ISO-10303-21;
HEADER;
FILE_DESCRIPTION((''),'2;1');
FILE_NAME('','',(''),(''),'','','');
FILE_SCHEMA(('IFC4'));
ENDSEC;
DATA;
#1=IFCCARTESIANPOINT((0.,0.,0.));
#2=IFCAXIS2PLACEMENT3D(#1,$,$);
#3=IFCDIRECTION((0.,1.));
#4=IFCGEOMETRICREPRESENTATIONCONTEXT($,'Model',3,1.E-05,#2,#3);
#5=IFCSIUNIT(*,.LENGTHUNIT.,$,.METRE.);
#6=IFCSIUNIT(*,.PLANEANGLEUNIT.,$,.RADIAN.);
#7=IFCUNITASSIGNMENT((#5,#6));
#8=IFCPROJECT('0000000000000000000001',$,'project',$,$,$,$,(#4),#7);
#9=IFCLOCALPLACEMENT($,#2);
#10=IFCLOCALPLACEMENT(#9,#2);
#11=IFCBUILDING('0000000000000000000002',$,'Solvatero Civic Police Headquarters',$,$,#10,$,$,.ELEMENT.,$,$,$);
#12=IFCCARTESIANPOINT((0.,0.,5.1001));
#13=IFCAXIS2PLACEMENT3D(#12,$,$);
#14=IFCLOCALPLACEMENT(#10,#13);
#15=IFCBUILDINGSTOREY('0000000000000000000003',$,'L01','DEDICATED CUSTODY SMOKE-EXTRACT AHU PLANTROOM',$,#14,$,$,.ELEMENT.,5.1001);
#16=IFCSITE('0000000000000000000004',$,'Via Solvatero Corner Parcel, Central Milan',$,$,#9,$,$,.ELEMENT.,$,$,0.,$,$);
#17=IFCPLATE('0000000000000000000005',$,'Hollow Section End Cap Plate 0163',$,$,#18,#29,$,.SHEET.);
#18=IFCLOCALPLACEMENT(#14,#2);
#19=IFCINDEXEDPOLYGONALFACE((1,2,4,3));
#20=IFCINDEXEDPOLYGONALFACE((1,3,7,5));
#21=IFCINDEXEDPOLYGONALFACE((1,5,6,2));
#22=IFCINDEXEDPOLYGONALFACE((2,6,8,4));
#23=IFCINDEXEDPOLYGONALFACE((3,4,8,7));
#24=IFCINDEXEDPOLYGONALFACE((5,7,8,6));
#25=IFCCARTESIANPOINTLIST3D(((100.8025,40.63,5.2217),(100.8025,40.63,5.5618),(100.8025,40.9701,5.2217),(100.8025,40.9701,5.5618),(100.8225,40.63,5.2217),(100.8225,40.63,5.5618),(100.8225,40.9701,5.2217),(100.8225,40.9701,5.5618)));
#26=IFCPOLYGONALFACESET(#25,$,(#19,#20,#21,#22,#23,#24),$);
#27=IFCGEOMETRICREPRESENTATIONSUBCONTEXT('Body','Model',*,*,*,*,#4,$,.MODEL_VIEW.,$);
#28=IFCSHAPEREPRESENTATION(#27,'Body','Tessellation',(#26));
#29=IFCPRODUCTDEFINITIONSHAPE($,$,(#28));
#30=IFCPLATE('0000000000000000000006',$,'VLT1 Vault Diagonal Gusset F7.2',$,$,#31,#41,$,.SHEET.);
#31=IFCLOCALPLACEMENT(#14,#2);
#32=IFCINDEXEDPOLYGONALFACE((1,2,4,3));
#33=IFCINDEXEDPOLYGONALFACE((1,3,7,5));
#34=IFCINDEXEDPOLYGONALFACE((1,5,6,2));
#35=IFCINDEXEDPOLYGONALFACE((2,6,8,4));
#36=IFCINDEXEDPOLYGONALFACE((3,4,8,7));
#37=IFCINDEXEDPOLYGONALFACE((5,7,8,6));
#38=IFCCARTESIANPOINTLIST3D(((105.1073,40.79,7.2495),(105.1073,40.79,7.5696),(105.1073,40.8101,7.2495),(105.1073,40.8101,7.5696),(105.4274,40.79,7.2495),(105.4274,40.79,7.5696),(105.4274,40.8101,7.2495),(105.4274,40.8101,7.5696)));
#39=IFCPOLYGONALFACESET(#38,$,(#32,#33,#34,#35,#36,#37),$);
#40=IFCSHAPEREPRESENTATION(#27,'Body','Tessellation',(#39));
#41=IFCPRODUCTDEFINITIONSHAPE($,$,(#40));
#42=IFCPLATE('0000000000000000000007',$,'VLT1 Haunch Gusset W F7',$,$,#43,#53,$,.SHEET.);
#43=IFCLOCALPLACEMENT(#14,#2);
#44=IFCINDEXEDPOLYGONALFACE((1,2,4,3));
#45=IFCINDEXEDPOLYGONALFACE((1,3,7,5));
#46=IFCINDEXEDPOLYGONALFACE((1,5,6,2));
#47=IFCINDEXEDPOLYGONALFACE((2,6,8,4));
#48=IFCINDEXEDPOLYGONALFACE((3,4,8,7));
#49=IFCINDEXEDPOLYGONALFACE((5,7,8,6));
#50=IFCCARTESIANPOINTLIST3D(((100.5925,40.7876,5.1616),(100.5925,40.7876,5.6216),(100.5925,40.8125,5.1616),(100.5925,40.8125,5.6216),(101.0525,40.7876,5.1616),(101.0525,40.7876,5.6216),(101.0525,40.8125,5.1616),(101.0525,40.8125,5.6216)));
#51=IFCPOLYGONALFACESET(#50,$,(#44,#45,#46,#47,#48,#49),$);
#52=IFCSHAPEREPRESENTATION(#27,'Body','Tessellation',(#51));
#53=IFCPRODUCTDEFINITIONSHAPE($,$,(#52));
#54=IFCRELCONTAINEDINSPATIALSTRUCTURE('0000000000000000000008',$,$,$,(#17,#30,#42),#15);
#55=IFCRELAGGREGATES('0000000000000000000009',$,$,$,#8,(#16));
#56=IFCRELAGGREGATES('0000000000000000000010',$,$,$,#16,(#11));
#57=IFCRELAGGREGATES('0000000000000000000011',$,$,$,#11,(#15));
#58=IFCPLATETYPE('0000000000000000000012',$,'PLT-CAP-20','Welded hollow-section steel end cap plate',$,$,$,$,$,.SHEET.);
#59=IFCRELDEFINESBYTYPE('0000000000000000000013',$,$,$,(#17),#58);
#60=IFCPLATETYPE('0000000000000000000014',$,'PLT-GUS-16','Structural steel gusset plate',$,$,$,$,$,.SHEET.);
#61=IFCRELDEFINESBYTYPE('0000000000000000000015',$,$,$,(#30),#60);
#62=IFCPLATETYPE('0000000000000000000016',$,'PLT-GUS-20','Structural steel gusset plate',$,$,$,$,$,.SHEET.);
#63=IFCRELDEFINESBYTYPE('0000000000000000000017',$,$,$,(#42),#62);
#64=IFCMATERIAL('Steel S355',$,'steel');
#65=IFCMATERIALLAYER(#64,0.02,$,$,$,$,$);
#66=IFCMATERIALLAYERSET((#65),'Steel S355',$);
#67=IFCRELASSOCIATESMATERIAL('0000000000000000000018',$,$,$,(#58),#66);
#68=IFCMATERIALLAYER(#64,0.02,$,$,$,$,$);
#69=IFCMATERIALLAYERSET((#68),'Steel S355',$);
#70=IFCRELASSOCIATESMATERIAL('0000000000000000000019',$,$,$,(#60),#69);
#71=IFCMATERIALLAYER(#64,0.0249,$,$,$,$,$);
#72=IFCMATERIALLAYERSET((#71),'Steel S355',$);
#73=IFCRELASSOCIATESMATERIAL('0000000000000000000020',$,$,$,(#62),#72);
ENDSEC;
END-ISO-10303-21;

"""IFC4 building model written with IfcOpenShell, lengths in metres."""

from ifc_helpers import new_model, si_unit, direction, frame, origin, origin_2d, place, context, subcontext, project, spatial, rectangle, extrude, material, layer, layer_set, type_object, element, save


model = new_model("IFC4")

# Units and contexts
model_context = context("Model", 3, precision=1e-05, world=origin(), true_north=direction((0.0, 1.0)))
body_context = subcontext(model_context, "Body", "Model", "MODEL_VIEW")
ifc_project = project(units=[si_unit("LENGTHUNIT", "METRE"), si_unit("PLANEANGLEUNIT", "RADIAN")], contexts=[model_context])

# Site, building, storey
site_placement = place(None, origin())
site = spatial("IfcSite", under=ifc_project, at=site_placement, Name="Via Solvatero Corner Parcel, Central Milan", CompositionType="ELEMENT", RefElevation=0.0)
building_placement = place(site_placement, origin())
building = spatial("IfcBuilding", under=site, at=building_placement, Name="Solvatero Civic Police Headquarters", CompositionType="ELEMENT")
storey_placement = place(building_placement, frame((0.0, 0.0, 5.1001)))
storey = spatial("IfcBuildingStorey", under=building, at=storey_placement, Name="L01", Description="DEDICATED CUSTODY SMOKE-EXTRACT AHU PLANTROOM", CompositionType="ELEMENT", Elevation=5.1001)

# Shared definitions
ifc_material_1 = material(Name="Steel S355", Category="steel")

# Plates
ifc_layer_1 = layer(ifc_material_1, 0.02)
ifc_layer_set_1 = layer_set([ifc_layer_1], Name="Steel S355")
plate_type_1 = type_object("IfcPlateType", Name="PLT-CAP-20", Description="Welded hollow-section steel end cap plate", PredefinedType="SHEET", material=ifc_layer_set_1)
plate_1_placement = place(storey_placement, frame((100.8125, 40.8, 5.2217), z_axis=(0.0, 0.0, 1.0), x_axis=(1.0, 0.0, 0.0)))
element("IfcPlate", 1, at=plate_1_placement, inside=storey, type_object=plate_type_1, Name="Hollow Section End Cap Plate 0163", PredefinedType="SHEET", context=body_context, shape_type="SweptSolid", body=[
    extrude(rectangle(XDim=0.02, YDim=0.3401, at=origin_2d()), origin(), (0.0, 0.0, 1.0), 0.3401),
])
ifc_layer_2 = layer(ifc_material_1, 0.02)
ifc_layer_set_2 = layer_set([ifc_layer_2], Name="Steel S355")
plate_type_2 = type_object("IfcPlateType", Name="PLT-GUS-16", Description="Structural steel gusset plate", PredefinedType="SHEET", material=ifc_layer_set_2)
plate_2_placement = place(storey_placement, frame((105.2673, 40.8, 7.2495), z_axis=(0.0, 0.0, 1.0), x_axis=(1.0, 0.0, 0.0)))
element("IfcPlate", 2, at=plate_2_placement, inside=storey, type_object=plate_type_2, Name="VLT1 Vault Diagonal Gusset F7.2", PredefinedType="SHEET", context=body_context, shape_type="SweptSolid", body=[
    extrude(rectangle(XDim=0.3201, YDim=0.02, at=origin_2d()), origin(), (0.0, 0.0, 1.0), 0.3201),
])
ifc_layer_3 = layer(ifc_material_1, 0.0249)
ifc_layer_set_3 = layer_set([ifc_layer_3], Name="Steel S355")
plate_type_3 = type_object("IfcPlateType", Name="PLT-GUS-20", Description="Structural steel gusset plate", PredefinedType="SHEET", material=ifc_layer_set_3)
plate_3_placement = place(storey_placement, frame((100.8225, 40.8, 5.1616), z_axis=(0.0, 0.0, 1.0), x_axis=(1.0, 0.0, 0.0)))
element("IfcPlate", 3, at=plate_3_placement, inside=storey, type_object=plate_type_3, Name="VLT1 Haunch Gusset W F7", PredefinedType="SHEET", context=body_context, shape_type="SweptSolid", body=[
    extrude(rectangle(XDim=0.46, YDim=0.0249, at=origin_2d()), origin(), (0.0, 0.0, 1.0), 0.46),
])

save(model, "model.ifc")
